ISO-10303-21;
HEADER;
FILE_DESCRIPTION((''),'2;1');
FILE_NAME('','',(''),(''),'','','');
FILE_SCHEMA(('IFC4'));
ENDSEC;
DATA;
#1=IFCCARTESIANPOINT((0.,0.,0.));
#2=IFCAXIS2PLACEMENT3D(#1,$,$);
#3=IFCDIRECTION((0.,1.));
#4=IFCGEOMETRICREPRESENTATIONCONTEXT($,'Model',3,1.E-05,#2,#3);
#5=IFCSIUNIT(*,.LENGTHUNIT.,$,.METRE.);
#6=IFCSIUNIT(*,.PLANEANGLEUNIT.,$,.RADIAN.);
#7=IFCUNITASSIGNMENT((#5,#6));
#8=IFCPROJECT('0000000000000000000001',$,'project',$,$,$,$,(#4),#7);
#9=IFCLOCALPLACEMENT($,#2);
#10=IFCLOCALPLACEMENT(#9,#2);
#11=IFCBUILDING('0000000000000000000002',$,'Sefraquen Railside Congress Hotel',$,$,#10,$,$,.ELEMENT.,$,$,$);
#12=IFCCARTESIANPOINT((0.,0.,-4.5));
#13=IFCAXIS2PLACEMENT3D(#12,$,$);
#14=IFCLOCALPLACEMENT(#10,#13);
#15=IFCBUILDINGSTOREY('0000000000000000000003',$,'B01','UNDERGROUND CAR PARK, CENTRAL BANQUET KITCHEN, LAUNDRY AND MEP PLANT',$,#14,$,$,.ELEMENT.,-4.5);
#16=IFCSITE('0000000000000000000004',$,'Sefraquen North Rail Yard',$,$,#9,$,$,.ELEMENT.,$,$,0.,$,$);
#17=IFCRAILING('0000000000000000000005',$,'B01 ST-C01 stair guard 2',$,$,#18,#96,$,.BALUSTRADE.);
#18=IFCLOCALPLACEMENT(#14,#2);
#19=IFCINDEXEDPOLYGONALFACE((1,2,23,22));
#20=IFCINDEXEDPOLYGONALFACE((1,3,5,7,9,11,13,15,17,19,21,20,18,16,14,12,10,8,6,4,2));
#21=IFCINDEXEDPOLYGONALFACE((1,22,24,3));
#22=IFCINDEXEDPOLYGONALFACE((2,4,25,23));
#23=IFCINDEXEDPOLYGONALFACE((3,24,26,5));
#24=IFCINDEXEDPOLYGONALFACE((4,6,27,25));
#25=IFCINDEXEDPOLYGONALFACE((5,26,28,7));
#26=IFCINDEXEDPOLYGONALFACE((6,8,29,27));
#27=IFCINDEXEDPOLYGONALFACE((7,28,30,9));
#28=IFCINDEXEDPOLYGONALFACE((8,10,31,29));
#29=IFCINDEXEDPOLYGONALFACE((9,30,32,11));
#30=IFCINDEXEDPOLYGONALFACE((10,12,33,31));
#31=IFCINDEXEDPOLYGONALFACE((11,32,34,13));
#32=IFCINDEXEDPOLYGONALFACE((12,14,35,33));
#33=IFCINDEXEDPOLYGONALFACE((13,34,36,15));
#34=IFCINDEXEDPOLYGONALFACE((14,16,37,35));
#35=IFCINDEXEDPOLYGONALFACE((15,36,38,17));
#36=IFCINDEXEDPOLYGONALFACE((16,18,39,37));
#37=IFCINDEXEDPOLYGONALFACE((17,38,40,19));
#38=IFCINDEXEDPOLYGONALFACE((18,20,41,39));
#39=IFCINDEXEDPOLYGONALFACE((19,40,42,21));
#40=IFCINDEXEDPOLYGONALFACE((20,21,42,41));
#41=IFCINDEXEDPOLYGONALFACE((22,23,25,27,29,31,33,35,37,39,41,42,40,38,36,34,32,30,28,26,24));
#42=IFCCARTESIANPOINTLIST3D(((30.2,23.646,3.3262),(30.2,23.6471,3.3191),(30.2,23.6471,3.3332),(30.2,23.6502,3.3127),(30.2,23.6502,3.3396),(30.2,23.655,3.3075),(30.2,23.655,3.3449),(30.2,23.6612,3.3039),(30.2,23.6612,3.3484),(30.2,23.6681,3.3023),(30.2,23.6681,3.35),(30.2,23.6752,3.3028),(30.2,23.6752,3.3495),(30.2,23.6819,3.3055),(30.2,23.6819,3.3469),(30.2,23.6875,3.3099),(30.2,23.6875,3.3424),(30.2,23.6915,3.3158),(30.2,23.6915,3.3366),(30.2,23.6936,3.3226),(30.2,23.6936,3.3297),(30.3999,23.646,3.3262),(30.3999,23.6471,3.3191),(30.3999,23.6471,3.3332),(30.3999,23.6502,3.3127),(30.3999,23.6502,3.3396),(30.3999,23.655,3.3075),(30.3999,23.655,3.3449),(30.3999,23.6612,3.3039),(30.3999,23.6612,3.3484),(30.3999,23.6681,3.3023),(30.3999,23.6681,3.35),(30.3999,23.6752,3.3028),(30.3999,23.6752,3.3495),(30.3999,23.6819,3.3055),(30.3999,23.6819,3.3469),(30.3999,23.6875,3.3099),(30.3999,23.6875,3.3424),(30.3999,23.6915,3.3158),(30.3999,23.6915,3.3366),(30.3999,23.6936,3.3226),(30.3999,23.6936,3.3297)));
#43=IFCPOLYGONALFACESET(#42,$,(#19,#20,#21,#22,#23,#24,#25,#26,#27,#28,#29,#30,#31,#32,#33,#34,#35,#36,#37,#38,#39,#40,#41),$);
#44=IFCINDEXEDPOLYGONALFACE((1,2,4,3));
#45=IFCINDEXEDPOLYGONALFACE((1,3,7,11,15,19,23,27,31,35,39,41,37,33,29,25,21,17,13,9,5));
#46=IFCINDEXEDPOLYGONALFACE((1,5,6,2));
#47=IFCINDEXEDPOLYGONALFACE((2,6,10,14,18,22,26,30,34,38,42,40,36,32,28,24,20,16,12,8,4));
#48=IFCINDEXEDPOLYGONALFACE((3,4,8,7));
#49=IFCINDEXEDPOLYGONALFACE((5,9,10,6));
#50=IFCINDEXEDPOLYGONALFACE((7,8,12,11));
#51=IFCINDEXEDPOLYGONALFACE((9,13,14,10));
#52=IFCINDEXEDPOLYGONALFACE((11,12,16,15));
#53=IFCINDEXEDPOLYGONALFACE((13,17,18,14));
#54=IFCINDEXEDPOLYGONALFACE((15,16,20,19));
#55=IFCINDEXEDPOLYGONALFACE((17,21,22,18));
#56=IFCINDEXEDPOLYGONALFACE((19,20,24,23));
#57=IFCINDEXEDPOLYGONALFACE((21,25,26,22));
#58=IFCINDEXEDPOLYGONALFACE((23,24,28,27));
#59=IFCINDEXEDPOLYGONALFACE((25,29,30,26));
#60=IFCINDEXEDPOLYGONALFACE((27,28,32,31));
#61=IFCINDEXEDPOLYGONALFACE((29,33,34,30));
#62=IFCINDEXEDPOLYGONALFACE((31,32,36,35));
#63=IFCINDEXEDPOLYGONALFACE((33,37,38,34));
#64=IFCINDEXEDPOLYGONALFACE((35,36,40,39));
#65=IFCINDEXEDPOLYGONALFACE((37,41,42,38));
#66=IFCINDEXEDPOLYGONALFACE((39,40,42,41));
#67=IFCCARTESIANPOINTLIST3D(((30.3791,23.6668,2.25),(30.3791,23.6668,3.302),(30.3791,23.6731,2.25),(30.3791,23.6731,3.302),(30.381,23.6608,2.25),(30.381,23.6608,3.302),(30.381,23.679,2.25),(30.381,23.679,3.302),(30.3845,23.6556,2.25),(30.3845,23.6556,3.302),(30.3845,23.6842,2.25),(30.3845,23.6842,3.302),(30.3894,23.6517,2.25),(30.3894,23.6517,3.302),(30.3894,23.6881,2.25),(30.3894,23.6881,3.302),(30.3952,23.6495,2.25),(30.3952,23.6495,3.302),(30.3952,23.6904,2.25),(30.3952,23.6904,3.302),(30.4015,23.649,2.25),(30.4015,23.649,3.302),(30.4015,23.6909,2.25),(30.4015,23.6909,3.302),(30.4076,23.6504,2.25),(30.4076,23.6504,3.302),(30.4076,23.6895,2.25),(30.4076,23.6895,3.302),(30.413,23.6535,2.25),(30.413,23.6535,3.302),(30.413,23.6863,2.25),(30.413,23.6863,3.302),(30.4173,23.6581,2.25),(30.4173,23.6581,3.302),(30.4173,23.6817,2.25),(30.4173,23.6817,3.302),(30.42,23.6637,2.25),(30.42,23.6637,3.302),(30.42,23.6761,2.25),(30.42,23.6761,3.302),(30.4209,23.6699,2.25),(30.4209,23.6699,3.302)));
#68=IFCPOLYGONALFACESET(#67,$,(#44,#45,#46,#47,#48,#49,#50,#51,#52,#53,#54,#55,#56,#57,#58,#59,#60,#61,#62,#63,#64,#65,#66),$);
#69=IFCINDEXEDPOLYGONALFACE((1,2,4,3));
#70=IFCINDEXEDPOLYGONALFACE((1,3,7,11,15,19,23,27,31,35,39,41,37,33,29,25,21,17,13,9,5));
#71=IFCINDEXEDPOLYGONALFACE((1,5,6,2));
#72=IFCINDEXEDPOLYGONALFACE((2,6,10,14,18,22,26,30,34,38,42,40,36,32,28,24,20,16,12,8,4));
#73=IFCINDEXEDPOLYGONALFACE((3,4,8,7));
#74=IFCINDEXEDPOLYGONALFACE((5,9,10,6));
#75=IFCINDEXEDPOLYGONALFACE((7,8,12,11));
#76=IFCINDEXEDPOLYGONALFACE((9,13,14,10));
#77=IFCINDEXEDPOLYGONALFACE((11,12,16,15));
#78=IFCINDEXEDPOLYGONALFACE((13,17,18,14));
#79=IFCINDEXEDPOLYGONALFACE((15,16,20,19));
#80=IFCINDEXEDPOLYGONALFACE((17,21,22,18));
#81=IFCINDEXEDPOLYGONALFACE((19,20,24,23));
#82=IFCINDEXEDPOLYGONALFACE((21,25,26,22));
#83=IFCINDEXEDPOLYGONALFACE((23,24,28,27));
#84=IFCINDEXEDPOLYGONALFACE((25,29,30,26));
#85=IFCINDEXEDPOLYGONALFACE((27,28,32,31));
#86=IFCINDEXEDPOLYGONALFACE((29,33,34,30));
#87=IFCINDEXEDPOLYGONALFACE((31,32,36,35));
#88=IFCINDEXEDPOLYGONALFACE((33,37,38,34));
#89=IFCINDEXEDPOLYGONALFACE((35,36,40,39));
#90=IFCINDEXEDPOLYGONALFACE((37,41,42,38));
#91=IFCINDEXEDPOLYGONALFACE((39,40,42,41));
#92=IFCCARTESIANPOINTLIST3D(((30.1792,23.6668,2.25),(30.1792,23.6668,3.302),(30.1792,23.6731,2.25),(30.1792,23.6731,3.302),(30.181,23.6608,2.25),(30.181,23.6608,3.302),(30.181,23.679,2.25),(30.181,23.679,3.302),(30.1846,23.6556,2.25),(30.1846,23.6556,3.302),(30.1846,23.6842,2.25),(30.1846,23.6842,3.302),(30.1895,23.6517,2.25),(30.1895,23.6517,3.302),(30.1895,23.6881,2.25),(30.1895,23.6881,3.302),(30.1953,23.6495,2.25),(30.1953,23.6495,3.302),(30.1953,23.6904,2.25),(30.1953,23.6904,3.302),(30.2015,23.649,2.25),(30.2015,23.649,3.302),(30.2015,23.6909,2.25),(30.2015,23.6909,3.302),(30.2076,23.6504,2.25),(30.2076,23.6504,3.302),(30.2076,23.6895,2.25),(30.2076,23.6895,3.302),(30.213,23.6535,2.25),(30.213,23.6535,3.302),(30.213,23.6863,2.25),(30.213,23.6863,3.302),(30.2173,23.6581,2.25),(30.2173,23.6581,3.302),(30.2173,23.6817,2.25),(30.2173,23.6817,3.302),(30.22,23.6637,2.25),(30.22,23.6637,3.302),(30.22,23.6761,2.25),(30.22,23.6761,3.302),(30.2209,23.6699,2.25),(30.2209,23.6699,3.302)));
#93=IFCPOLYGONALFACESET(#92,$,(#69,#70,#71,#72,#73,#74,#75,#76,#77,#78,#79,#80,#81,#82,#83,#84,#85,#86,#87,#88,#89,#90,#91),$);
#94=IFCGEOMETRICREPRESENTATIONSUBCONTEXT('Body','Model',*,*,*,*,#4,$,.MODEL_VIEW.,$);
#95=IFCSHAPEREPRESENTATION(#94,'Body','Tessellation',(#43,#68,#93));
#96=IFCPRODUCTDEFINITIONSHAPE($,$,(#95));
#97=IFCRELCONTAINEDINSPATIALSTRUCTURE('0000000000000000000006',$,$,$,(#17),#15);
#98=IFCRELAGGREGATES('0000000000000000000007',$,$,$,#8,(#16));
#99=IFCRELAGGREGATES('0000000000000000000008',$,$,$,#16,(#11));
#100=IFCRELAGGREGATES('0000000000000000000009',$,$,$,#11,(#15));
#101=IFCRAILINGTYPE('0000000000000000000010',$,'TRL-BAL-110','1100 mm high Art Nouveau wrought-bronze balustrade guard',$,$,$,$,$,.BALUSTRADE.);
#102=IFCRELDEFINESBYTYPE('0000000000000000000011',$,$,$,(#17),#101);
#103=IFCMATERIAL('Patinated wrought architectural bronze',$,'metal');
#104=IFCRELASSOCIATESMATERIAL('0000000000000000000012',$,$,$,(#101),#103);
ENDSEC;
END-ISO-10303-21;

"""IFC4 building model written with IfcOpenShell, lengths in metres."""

from ifc_helpers import new_model, si_unit, direction, frame, origin, origin_2d, place, context, subcontext, project, spatial, circle, extrude, material, type_object, element, save


model = new_model("IFC4")

# Units and contexts
model_context = context("Model", 3, precision=1e-05, world=origin(), true_north=direction((0.0, 1.0)))
body_context = subcontext(model_context, "Body", "Model", "MODEL_VIEW")
ifc_project = project(units=[si_unit("LENGTHUNIT", "METRE"), si_unit("PLANEANGLEUNIT", "RADIAN")], contexts=[model_context])

# Site, building, storey
site_placement = place(None, origin())
site = spatial("IfcSite", under=ifc_project, at=site_placement, Name="Sefraquen North Rail Yard", CompositionType="ELEMENT", RefElevation=0.0)
building_placement = place(site_placement, origin())
building = spatial("IfcBuilding", under=site, at=building_placement, Name="Sefraquen Railside Congress Hotel", CompositionType="ELEMENT")
storey_placement = place(building_placement, frame((0.0, 0.0, -4.5)))
storey = spatial("IfcBuildingStorey", under=building, at=storey_placement, Name="B01", Description="UNDERGROUND CAR PARK, CENTRAL BANQUET KITCHEN, LAUNDRY AND MEP PLANT", CompositionType="ELEMENT", Elevation=-4.5)

# Railing
ifc_material_1 = material(Name="Patinated wrought architectural bronze", Category="metal")
railing_type_1 = type_object("IfcRailingType", Name="TRL-BAL-110", Description="1100 mm high Art Nouveau wrought-bronze balustrade guard", PredefinedType="BALUSTRADE", material=ifc_material_1)
railing_1_placement = place(storey_placement, frame((30.3999, 23.6699, 2.25)))
element("IfcRailing", 1, at=railing_1_placement, inside=storey, type_object=railing_type_1, Name="B01 ST-C01 stair guard 2", PredefinedType="BALUSTRADE", context=body_context, shape_type="SweptSolid", body=[
    extrude(circle(Radius=0.0239, at=origin_2d()), frame((0.0, 0.0, 1.0762), z_axis=(-1.0, 0.0, 0.0), x_axis=(0.0, -1.0, 0.0)), (0.0, 0.0, 1.0), 0.2),
    extrude(circle(Radius=0.021, at=origin_2d()), origin(), (0.0, 0.0, 1.0), 1.052),
    extrude(circle(Radius=0.021, at=origin_2d()), frame((-0.2, 0.0, 0.0)), (0.0, 0.0, 1.0), 1.052),
])

save(model, "model.ifc")
